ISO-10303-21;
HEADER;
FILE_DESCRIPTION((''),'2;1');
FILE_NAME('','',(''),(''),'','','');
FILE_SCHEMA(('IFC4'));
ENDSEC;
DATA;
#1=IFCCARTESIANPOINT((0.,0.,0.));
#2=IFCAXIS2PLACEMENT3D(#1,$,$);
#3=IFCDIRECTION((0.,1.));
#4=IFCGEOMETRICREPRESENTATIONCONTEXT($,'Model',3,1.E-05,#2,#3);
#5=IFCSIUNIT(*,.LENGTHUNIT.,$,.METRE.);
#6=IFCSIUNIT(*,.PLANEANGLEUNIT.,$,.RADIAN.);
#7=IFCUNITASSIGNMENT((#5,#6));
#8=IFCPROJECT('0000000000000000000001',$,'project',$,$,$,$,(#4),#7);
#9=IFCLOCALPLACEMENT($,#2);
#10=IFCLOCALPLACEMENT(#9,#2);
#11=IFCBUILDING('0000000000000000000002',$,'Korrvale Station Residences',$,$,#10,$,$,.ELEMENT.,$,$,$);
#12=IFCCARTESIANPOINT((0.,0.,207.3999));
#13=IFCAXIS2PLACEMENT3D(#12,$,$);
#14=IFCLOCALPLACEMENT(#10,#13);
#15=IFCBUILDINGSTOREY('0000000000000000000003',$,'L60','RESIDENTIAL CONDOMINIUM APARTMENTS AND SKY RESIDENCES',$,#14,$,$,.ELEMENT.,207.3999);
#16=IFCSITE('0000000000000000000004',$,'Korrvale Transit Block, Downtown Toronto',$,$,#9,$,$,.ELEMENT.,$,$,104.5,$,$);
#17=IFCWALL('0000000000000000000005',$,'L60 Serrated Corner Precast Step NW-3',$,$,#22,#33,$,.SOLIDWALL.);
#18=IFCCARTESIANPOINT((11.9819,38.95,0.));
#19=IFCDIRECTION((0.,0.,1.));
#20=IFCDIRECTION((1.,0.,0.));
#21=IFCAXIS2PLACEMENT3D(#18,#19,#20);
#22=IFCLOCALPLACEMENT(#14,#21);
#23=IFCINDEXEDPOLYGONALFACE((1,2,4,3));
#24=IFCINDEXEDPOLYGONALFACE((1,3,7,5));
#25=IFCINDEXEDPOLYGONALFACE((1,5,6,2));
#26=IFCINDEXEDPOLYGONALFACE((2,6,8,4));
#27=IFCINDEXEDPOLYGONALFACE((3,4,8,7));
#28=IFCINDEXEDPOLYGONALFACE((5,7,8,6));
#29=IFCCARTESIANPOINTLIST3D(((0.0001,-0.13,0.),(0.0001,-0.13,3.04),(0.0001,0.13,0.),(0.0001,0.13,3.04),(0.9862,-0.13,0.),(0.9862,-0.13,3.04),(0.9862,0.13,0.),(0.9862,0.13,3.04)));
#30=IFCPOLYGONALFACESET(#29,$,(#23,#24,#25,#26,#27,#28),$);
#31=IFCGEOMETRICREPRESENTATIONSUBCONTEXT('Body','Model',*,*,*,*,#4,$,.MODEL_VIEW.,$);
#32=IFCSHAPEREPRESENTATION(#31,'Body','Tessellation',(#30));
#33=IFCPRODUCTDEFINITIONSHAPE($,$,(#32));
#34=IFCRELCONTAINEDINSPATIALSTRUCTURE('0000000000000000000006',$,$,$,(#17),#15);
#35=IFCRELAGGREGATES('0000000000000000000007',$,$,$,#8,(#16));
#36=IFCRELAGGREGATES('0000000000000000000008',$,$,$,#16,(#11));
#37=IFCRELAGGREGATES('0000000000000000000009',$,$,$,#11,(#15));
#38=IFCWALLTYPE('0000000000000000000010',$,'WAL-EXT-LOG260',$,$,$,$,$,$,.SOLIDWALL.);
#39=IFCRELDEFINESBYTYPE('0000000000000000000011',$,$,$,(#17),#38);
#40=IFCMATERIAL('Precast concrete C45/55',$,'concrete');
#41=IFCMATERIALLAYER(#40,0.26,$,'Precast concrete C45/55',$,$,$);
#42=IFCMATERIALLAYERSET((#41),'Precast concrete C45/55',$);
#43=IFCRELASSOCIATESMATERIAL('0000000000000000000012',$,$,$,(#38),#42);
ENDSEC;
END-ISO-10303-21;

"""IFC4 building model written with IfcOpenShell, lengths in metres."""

from ifc_helpers import new_model, si_unit, direction, frame, frame_2d, origin, place, context, subcontext, project, spatial, rectangle, extrude, material, layer, layer_set, type_object, element, save


model = new_model("IFC4")

# Units and contexts
model_context = context("Model", 3, precision=1e-05, world=origin(), true_north=direction((0.0, 1.0)))
body_context = subcontext(model_context, "Body", "Model", "MODEL_VIEW")
ifc_project = project(units=[si_unit("LENGTHUNIT", "METRE"), si_unit("PLANEANGLEUNIT", "RADIAN")], contexts=[model_context])

# Site, building, storey
site_placement = place(None, origin())
site = spatial("IfcSite", under=ifc_project, at=site_placement, Name="Korrvale Transit Block, Downtown Toronto", CompositionType="ELEMENT", RefElevation=104.5)
building_placement = place(site_placement, origin())
building = spatial("IfcBuilding", under=site, at=building_placement, Name="Korrvale Station Residences", CompositionType="ELEMENT")
storey_placement = place(building_placement, frame((0.0, 0.0, 207.3999)))
storey = spatial("IfcBuildingStorey", under=building, at=storey_placement, Name="L60", Description="RESIDENTIAL CONDOMINIUM APARTMENTS AND SKY RESIDENCES", CompositionType="ELEMENT", Elevation=207.3999)

# Wall
ifc_material_1 = material(Name="Precast concrete C45/55", Category="concrete")
ifc_layer_1 = layer(ifc_material_1, 0.26, Name="Precast concrete C45/55")
ifc_layer_set_1 = layer_set([ifc_layer_1], Name="Precast concrete C45/55")
wall_type_1 = type_object("IfcWallType", Name="WAL-EXT-LOG260", PredefinedType="SOLIDWALL", material=ifc_layer_set_1)
wall_1_placement = place(storey_placement, frame((11.9819, 38.95, 0.0), z_axis=(0.0, 0.0, 1.0), x_axis=(1.0, 0.0, 0.0)))
element("IfcWall", 1, at=wall_1_placement, inside=storey, type_object=wall_type_1, Name="L60 Serrated Corner Precast Step NW-3", PredefinedType="SOLIDWALL", context=body_context, shape_type="SweptSolid", body=[
    extrude(rectangle(XDim=0.9861, YDim=0.26, at=frame_2d((0.4932, 0.0))), origin(), (0.0, 0.0, 1.0), 3.04),
])

save(model, "model.ifc")
